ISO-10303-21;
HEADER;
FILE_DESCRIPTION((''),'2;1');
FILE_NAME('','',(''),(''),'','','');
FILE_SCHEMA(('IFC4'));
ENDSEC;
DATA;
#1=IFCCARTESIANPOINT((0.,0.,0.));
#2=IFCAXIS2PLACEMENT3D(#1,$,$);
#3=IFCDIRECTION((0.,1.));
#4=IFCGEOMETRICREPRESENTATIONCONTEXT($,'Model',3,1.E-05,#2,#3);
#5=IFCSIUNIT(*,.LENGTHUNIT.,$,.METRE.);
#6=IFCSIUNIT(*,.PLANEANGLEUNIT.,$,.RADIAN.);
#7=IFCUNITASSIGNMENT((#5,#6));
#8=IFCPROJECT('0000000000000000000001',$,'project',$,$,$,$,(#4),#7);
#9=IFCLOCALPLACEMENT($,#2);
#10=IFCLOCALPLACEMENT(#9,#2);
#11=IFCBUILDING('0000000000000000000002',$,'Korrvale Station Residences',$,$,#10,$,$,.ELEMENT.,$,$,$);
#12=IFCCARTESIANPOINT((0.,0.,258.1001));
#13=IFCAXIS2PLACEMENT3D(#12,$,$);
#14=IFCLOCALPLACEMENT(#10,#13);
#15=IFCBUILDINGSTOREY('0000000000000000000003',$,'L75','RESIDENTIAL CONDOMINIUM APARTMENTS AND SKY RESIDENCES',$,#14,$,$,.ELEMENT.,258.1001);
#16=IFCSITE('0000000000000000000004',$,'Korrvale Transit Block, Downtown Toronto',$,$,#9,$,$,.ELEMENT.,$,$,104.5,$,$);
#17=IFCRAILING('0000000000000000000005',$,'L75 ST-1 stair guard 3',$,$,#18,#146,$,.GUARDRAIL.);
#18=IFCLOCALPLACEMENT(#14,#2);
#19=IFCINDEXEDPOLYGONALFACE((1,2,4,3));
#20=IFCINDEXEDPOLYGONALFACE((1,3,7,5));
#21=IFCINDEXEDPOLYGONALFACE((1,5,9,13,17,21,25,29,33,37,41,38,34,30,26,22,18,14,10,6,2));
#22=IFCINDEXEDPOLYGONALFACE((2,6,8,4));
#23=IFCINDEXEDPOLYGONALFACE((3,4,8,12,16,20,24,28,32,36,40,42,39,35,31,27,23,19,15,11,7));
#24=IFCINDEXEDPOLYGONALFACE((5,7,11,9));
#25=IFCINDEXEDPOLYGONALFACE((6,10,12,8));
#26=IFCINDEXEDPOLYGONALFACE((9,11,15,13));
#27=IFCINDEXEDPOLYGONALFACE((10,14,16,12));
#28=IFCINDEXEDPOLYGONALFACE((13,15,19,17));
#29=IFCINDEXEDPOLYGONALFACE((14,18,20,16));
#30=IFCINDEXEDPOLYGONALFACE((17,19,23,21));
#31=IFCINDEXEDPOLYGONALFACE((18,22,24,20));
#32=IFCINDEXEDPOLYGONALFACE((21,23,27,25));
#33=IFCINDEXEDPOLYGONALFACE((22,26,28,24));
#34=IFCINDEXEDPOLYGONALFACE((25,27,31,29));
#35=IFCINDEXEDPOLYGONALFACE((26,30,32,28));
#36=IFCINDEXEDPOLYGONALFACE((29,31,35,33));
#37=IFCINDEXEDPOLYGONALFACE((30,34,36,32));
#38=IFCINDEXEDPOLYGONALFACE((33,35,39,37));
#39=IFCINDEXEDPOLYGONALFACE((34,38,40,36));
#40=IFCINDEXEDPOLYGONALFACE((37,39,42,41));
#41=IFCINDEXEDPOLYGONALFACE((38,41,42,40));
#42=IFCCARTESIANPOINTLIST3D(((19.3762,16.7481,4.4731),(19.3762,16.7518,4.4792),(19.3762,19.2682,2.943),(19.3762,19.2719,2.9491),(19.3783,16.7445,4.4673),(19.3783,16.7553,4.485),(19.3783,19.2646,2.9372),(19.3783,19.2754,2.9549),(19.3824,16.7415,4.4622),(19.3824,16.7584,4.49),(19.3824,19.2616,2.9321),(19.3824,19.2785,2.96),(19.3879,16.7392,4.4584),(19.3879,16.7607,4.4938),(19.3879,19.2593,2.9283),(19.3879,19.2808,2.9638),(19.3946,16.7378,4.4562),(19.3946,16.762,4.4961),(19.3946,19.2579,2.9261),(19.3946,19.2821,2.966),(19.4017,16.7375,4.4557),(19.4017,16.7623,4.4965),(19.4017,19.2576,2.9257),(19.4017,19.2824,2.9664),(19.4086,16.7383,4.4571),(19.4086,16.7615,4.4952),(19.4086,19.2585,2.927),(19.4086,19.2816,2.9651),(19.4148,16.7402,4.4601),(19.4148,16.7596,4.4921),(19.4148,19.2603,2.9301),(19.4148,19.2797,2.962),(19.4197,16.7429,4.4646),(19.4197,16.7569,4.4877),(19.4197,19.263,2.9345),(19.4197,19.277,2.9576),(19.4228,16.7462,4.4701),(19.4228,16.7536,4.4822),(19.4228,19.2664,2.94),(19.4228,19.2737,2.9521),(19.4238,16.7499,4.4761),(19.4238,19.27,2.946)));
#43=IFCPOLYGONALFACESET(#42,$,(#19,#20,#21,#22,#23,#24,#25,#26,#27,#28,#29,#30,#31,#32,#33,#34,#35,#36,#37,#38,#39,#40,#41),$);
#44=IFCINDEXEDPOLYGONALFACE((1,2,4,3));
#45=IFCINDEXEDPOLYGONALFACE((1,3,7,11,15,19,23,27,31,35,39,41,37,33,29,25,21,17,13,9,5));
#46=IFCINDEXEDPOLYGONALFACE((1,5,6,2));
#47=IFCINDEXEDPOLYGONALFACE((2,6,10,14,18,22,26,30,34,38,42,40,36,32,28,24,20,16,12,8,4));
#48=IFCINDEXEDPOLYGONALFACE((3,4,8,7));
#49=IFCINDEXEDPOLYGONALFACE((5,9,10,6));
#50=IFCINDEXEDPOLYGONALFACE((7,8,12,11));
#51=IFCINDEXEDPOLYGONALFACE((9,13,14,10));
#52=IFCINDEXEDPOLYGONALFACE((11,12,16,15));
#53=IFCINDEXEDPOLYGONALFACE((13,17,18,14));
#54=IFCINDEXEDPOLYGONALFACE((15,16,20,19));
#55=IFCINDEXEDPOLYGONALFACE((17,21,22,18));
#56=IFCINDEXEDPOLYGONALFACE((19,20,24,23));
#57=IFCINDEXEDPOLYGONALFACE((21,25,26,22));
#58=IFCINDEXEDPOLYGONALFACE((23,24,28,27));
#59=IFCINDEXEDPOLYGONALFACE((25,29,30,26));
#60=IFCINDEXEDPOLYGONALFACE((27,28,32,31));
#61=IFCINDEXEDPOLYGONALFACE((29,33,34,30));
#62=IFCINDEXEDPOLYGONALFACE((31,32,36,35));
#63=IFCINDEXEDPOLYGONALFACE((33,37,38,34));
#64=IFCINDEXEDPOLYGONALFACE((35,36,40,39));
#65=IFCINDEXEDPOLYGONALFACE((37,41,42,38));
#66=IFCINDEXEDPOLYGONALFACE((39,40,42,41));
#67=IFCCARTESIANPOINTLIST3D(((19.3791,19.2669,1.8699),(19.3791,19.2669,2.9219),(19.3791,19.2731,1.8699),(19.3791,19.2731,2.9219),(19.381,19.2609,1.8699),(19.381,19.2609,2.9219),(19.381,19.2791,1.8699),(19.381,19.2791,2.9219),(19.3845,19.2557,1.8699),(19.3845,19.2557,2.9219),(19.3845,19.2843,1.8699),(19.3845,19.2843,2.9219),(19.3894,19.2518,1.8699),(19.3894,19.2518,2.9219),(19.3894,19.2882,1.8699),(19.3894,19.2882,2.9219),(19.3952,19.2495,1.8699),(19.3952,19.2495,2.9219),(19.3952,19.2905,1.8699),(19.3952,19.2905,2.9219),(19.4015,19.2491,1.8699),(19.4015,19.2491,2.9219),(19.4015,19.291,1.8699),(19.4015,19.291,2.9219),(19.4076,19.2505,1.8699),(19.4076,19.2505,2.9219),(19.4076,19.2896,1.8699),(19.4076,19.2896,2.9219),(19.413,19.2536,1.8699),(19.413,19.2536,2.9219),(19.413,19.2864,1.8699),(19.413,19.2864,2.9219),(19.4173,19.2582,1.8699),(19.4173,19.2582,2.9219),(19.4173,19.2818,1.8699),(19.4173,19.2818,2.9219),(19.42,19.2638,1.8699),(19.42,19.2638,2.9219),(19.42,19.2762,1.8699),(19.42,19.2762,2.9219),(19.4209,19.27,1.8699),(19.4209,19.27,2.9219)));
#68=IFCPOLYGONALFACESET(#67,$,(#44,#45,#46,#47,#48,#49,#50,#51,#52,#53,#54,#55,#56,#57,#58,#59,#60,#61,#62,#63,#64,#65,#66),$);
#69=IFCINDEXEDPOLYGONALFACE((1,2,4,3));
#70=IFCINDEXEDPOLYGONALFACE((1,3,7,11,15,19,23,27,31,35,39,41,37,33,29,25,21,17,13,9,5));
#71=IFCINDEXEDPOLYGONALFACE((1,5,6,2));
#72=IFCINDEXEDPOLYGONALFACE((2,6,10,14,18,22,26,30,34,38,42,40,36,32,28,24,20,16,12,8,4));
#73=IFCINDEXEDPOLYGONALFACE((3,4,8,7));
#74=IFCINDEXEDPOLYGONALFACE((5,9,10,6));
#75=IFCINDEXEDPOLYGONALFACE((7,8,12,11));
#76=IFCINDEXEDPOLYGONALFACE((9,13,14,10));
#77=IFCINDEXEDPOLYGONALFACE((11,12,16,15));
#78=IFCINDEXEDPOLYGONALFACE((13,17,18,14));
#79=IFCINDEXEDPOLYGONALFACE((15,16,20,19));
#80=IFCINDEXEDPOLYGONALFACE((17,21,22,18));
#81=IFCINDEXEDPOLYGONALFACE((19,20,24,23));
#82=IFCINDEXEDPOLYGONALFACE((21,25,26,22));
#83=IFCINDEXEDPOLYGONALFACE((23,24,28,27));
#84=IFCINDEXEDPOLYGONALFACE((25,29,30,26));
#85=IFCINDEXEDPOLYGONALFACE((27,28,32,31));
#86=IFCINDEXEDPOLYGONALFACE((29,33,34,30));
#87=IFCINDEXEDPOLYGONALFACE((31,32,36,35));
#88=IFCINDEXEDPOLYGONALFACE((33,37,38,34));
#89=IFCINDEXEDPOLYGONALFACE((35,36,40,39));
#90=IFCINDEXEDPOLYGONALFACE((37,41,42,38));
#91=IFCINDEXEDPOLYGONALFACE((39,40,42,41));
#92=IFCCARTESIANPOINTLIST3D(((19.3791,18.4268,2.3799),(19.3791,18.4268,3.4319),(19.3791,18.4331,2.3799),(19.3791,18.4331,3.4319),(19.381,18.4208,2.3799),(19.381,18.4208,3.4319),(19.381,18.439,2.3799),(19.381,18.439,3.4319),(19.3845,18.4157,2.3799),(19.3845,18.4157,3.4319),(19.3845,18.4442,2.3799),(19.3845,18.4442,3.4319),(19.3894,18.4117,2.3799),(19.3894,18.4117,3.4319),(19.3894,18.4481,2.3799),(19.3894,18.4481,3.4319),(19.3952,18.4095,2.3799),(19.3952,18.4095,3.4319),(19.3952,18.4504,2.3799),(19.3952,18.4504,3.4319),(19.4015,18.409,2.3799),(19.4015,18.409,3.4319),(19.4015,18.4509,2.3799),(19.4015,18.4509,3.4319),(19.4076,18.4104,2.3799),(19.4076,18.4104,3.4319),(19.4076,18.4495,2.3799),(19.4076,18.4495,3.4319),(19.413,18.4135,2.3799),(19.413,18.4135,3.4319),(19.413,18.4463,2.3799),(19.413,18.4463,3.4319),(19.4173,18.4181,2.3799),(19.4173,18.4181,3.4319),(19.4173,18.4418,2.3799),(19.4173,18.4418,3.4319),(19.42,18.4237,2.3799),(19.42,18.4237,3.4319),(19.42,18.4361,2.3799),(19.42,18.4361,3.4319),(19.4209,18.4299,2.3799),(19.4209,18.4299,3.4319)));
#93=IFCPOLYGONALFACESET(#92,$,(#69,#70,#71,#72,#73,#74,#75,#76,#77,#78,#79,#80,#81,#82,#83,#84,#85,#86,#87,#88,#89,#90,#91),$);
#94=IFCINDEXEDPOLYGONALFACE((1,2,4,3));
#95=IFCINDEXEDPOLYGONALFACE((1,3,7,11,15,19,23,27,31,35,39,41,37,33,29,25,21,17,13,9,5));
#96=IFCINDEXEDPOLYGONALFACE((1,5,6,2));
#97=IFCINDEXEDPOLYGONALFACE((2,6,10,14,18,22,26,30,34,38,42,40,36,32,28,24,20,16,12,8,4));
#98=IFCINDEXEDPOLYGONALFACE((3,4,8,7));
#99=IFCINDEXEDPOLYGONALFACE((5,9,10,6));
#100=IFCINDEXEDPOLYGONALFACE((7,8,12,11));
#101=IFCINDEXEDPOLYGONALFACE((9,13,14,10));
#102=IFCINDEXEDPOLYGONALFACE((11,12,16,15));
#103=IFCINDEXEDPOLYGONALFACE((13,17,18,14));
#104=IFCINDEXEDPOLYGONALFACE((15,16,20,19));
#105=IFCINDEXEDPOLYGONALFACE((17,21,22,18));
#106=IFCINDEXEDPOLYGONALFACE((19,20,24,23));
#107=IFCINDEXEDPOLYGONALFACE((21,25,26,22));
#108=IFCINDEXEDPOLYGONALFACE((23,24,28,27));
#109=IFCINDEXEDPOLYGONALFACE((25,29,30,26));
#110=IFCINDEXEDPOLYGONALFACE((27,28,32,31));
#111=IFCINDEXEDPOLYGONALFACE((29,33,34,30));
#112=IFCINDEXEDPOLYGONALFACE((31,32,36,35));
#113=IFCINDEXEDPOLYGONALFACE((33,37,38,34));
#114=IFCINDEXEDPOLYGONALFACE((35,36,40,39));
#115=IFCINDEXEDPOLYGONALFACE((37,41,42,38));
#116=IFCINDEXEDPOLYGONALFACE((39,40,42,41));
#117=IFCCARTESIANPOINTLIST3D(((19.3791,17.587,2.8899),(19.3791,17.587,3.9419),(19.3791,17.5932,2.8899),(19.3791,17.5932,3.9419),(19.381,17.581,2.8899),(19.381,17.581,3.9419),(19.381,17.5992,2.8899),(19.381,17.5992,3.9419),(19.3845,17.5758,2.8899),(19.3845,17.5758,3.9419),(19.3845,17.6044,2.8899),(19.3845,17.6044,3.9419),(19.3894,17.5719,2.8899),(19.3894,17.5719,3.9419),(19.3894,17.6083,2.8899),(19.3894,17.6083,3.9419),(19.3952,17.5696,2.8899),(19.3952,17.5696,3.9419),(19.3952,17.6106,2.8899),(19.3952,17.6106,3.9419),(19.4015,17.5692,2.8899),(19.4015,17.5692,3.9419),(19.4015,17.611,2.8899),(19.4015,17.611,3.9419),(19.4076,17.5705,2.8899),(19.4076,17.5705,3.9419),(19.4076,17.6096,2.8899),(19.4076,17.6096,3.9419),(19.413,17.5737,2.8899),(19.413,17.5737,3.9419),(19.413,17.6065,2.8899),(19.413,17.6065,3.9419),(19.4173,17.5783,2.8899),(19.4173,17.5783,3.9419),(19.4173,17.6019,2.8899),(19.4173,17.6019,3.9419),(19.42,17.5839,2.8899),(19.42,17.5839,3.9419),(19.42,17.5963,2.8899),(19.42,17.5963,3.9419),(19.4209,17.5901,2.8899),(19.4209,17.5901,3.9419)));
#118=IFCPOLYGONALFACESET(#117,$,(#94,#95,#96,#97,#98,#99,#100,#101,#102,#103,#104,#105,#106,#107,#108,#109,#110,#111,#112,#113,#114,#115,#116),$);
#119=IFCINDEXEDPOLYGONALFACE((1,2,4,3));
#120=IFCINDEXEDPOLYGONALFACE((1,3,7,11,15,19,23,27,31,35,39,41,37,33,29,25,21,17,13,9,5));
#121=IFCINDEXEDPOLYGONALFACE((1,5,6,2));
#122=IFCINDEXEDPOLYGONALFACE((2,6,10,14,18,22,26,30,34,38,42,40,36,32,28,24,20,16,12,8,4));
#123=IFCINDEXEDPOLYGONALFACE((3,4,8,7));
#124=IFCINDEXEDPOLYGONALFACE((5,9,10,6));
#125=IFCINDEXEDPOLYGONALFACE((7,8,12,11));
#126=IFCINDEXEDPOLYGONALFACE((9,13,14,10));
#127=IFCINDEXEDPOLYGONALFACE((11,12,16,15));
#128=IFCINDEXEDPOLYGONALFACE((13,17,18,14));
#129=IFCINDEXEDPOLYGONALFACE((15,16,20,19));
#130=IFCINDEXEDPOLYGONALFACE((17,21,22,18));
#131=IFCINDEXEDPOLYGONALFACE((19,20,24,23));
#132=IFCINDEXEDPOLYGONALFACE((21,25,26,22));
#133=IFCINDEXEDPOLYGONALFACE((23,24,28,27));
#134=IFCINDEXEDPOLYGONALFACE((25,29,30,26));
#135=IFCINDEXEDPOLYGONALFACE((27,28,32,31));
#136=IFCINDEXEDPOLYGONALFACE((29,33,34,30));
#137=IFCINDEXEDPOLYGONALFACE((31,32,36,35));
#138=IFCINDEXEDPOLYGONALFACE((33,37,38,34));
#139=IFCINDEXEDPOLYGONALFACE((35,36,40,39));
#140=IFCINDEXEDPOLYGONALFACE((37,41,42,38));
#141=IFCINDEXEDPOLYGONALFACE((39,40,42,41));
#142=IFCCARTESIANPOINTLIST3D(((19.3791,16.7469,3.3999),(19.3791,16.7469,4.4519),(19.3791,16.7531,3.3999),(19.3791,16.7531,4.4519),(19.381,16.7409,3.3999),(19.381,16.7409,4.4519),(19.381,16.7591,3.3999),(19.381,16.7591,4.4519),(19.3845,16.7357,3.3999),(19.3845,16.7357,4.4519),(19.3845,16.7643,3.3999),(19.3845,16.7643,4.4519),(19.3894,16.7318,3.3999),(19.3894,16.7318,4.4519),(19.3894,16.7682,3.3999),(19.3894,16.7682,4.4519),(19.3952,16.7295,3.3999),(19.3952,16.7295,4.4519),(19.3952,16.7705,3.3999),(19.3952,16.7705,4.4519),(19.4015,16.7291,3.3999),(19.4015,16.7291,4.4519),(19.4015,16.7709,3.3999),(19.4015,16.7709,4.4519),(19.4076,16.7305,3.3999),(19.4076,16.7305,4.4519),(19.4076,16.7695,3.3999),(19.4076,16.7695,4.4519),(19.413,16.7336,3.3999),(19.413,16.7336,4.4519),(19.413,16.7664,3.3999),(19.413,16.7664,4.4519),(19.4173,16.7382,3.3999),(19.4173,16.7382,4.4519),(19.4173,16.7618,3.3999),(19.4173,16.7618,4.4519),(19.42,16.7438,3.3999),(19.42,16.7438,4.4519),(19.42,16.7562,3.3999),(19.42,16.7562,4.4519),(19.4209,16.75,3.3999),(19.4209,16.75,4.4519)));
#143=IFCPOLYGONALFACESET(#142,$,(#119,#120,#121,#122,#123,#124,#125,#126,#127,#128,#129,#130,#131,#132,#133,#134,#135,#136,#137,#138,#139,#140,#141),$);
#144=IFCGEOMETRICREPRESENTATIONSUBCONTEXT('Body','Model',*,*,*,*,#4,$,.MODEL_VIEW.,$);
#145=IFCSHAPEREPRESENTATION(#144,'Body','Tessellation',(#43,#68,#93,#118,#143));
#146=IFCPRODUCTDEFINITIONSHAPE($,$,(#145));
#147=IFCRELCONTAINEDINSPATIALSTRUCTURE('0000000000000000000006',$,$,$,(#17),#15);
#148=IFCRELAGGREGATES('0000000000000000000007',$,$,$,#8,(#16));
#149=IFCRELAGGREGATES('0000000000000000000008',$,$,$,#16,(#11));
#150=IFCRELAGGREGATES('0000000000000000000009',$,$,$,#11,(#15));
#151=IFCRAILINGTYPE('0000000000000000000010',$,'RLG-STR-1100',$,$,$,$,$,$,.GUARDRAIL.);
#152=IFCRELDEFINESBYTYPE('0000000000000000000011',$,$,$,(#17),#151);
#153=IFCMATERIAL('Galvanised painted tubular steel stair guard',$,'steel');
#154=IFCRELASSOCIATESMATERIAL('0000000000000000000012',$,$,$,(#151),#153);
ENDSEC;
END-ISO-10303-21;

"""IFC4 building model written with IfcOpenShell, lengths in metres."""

from ifc_helpers import new_model, si_unit, direction, frame, origin, origin_2d, place, context, subcontext, project, spatial, circle, extrude, material, type_object, element, save


model = new_model("IFC4")

# Units and contexts
model_context = context("Model", 3, precision=1e-05, world=origin(), true_north=direction((0.0, 1.0)))
body_context = subcontext(model_context, "Body", "Model", "MODEL_VIEW")
ifc_project = project(units=[si_unit("LENGTHUNIT", "METRE"), si_unit("PLANEANGLEUNIT", "RADIAN")], contexts=[model_context])

# Site, building, storey
site_placement = place(None, origin())
site = spatial("IfcSite", under=ifc_project, at=site_placement, Name="Korrvale Transit Block, Downtown Toronto", CompositionType="ELEMENT", RefElevation=104.5)
building_placement = place(site_placement, origin())
building = spatial("IfcBuilding", under=site, at=building_placement, Name="Korrvale Station Residences", CompositionType="ELEMENT")
storey_placement = place(building_placement, frame((0.0, 0.0, 258.1001)))
storey = spatial("IfcBuildingStorey", under=building, at=storey_placement, Name="L75", Description="RESIDENTIAL CONDOMINIUM APARTMENTS AND SKY RESIDENCES", CompositionType="ELEMENT", Elevation=258.1001)

# Railing
ifc_material_1 = material(Name="Galvanised painted tubular steel stair guard", Category="steel")
railing_type_1 = type_object("IfcRailingType", Name="RLG-STR-1100", PredefinedType="GUARDRAIL", material=ifc_material_1)
railing_1_placement = place(storey_placement, frame((19.3999, 19.27, 1.8699)))
element("IfcRailing", 1, at=railing_1_placement, inside=storey, type_object=railing_type_1, Name="L75 ST-1 stair guard 3", PredefinedType="GUARDRAIL", context=body_context, shape_type="SweptSolid", body=[
    extrude(circle(Radius=0.0239, at=origin_2d()), frame((0.0, 0.0, 1.0762), z_axis=(0.0, -0.854785, 0.518982), x_axis=(1.0, 0.0, 0.0)), (0.0, 0.0, 1.0), 2.9482),
    extrude(circle(Radius=0.021, at=origin_2d()), origin(), (0.0, 0.0, 1.0), 1.052),
    extrude(circle(Radius=0.021, at=origin_2d()), frame((0.0, -0.8401, 0.51)), (0.0, 0.0, 1.0), 1.052),
    extrude(circle(Radius=0.021, at=origin_2d()), frame((0.0, -1.6799, 1.02)), (0.0, 0.0, 1.0), 1.052),
    extrude(circle(Radius=0.021, at=origin_2d()), frame((0.0, -2.52, 1.53)), (0.0, 0.0, 1.0), 1.052),
])

save(model, "model.ifc")
